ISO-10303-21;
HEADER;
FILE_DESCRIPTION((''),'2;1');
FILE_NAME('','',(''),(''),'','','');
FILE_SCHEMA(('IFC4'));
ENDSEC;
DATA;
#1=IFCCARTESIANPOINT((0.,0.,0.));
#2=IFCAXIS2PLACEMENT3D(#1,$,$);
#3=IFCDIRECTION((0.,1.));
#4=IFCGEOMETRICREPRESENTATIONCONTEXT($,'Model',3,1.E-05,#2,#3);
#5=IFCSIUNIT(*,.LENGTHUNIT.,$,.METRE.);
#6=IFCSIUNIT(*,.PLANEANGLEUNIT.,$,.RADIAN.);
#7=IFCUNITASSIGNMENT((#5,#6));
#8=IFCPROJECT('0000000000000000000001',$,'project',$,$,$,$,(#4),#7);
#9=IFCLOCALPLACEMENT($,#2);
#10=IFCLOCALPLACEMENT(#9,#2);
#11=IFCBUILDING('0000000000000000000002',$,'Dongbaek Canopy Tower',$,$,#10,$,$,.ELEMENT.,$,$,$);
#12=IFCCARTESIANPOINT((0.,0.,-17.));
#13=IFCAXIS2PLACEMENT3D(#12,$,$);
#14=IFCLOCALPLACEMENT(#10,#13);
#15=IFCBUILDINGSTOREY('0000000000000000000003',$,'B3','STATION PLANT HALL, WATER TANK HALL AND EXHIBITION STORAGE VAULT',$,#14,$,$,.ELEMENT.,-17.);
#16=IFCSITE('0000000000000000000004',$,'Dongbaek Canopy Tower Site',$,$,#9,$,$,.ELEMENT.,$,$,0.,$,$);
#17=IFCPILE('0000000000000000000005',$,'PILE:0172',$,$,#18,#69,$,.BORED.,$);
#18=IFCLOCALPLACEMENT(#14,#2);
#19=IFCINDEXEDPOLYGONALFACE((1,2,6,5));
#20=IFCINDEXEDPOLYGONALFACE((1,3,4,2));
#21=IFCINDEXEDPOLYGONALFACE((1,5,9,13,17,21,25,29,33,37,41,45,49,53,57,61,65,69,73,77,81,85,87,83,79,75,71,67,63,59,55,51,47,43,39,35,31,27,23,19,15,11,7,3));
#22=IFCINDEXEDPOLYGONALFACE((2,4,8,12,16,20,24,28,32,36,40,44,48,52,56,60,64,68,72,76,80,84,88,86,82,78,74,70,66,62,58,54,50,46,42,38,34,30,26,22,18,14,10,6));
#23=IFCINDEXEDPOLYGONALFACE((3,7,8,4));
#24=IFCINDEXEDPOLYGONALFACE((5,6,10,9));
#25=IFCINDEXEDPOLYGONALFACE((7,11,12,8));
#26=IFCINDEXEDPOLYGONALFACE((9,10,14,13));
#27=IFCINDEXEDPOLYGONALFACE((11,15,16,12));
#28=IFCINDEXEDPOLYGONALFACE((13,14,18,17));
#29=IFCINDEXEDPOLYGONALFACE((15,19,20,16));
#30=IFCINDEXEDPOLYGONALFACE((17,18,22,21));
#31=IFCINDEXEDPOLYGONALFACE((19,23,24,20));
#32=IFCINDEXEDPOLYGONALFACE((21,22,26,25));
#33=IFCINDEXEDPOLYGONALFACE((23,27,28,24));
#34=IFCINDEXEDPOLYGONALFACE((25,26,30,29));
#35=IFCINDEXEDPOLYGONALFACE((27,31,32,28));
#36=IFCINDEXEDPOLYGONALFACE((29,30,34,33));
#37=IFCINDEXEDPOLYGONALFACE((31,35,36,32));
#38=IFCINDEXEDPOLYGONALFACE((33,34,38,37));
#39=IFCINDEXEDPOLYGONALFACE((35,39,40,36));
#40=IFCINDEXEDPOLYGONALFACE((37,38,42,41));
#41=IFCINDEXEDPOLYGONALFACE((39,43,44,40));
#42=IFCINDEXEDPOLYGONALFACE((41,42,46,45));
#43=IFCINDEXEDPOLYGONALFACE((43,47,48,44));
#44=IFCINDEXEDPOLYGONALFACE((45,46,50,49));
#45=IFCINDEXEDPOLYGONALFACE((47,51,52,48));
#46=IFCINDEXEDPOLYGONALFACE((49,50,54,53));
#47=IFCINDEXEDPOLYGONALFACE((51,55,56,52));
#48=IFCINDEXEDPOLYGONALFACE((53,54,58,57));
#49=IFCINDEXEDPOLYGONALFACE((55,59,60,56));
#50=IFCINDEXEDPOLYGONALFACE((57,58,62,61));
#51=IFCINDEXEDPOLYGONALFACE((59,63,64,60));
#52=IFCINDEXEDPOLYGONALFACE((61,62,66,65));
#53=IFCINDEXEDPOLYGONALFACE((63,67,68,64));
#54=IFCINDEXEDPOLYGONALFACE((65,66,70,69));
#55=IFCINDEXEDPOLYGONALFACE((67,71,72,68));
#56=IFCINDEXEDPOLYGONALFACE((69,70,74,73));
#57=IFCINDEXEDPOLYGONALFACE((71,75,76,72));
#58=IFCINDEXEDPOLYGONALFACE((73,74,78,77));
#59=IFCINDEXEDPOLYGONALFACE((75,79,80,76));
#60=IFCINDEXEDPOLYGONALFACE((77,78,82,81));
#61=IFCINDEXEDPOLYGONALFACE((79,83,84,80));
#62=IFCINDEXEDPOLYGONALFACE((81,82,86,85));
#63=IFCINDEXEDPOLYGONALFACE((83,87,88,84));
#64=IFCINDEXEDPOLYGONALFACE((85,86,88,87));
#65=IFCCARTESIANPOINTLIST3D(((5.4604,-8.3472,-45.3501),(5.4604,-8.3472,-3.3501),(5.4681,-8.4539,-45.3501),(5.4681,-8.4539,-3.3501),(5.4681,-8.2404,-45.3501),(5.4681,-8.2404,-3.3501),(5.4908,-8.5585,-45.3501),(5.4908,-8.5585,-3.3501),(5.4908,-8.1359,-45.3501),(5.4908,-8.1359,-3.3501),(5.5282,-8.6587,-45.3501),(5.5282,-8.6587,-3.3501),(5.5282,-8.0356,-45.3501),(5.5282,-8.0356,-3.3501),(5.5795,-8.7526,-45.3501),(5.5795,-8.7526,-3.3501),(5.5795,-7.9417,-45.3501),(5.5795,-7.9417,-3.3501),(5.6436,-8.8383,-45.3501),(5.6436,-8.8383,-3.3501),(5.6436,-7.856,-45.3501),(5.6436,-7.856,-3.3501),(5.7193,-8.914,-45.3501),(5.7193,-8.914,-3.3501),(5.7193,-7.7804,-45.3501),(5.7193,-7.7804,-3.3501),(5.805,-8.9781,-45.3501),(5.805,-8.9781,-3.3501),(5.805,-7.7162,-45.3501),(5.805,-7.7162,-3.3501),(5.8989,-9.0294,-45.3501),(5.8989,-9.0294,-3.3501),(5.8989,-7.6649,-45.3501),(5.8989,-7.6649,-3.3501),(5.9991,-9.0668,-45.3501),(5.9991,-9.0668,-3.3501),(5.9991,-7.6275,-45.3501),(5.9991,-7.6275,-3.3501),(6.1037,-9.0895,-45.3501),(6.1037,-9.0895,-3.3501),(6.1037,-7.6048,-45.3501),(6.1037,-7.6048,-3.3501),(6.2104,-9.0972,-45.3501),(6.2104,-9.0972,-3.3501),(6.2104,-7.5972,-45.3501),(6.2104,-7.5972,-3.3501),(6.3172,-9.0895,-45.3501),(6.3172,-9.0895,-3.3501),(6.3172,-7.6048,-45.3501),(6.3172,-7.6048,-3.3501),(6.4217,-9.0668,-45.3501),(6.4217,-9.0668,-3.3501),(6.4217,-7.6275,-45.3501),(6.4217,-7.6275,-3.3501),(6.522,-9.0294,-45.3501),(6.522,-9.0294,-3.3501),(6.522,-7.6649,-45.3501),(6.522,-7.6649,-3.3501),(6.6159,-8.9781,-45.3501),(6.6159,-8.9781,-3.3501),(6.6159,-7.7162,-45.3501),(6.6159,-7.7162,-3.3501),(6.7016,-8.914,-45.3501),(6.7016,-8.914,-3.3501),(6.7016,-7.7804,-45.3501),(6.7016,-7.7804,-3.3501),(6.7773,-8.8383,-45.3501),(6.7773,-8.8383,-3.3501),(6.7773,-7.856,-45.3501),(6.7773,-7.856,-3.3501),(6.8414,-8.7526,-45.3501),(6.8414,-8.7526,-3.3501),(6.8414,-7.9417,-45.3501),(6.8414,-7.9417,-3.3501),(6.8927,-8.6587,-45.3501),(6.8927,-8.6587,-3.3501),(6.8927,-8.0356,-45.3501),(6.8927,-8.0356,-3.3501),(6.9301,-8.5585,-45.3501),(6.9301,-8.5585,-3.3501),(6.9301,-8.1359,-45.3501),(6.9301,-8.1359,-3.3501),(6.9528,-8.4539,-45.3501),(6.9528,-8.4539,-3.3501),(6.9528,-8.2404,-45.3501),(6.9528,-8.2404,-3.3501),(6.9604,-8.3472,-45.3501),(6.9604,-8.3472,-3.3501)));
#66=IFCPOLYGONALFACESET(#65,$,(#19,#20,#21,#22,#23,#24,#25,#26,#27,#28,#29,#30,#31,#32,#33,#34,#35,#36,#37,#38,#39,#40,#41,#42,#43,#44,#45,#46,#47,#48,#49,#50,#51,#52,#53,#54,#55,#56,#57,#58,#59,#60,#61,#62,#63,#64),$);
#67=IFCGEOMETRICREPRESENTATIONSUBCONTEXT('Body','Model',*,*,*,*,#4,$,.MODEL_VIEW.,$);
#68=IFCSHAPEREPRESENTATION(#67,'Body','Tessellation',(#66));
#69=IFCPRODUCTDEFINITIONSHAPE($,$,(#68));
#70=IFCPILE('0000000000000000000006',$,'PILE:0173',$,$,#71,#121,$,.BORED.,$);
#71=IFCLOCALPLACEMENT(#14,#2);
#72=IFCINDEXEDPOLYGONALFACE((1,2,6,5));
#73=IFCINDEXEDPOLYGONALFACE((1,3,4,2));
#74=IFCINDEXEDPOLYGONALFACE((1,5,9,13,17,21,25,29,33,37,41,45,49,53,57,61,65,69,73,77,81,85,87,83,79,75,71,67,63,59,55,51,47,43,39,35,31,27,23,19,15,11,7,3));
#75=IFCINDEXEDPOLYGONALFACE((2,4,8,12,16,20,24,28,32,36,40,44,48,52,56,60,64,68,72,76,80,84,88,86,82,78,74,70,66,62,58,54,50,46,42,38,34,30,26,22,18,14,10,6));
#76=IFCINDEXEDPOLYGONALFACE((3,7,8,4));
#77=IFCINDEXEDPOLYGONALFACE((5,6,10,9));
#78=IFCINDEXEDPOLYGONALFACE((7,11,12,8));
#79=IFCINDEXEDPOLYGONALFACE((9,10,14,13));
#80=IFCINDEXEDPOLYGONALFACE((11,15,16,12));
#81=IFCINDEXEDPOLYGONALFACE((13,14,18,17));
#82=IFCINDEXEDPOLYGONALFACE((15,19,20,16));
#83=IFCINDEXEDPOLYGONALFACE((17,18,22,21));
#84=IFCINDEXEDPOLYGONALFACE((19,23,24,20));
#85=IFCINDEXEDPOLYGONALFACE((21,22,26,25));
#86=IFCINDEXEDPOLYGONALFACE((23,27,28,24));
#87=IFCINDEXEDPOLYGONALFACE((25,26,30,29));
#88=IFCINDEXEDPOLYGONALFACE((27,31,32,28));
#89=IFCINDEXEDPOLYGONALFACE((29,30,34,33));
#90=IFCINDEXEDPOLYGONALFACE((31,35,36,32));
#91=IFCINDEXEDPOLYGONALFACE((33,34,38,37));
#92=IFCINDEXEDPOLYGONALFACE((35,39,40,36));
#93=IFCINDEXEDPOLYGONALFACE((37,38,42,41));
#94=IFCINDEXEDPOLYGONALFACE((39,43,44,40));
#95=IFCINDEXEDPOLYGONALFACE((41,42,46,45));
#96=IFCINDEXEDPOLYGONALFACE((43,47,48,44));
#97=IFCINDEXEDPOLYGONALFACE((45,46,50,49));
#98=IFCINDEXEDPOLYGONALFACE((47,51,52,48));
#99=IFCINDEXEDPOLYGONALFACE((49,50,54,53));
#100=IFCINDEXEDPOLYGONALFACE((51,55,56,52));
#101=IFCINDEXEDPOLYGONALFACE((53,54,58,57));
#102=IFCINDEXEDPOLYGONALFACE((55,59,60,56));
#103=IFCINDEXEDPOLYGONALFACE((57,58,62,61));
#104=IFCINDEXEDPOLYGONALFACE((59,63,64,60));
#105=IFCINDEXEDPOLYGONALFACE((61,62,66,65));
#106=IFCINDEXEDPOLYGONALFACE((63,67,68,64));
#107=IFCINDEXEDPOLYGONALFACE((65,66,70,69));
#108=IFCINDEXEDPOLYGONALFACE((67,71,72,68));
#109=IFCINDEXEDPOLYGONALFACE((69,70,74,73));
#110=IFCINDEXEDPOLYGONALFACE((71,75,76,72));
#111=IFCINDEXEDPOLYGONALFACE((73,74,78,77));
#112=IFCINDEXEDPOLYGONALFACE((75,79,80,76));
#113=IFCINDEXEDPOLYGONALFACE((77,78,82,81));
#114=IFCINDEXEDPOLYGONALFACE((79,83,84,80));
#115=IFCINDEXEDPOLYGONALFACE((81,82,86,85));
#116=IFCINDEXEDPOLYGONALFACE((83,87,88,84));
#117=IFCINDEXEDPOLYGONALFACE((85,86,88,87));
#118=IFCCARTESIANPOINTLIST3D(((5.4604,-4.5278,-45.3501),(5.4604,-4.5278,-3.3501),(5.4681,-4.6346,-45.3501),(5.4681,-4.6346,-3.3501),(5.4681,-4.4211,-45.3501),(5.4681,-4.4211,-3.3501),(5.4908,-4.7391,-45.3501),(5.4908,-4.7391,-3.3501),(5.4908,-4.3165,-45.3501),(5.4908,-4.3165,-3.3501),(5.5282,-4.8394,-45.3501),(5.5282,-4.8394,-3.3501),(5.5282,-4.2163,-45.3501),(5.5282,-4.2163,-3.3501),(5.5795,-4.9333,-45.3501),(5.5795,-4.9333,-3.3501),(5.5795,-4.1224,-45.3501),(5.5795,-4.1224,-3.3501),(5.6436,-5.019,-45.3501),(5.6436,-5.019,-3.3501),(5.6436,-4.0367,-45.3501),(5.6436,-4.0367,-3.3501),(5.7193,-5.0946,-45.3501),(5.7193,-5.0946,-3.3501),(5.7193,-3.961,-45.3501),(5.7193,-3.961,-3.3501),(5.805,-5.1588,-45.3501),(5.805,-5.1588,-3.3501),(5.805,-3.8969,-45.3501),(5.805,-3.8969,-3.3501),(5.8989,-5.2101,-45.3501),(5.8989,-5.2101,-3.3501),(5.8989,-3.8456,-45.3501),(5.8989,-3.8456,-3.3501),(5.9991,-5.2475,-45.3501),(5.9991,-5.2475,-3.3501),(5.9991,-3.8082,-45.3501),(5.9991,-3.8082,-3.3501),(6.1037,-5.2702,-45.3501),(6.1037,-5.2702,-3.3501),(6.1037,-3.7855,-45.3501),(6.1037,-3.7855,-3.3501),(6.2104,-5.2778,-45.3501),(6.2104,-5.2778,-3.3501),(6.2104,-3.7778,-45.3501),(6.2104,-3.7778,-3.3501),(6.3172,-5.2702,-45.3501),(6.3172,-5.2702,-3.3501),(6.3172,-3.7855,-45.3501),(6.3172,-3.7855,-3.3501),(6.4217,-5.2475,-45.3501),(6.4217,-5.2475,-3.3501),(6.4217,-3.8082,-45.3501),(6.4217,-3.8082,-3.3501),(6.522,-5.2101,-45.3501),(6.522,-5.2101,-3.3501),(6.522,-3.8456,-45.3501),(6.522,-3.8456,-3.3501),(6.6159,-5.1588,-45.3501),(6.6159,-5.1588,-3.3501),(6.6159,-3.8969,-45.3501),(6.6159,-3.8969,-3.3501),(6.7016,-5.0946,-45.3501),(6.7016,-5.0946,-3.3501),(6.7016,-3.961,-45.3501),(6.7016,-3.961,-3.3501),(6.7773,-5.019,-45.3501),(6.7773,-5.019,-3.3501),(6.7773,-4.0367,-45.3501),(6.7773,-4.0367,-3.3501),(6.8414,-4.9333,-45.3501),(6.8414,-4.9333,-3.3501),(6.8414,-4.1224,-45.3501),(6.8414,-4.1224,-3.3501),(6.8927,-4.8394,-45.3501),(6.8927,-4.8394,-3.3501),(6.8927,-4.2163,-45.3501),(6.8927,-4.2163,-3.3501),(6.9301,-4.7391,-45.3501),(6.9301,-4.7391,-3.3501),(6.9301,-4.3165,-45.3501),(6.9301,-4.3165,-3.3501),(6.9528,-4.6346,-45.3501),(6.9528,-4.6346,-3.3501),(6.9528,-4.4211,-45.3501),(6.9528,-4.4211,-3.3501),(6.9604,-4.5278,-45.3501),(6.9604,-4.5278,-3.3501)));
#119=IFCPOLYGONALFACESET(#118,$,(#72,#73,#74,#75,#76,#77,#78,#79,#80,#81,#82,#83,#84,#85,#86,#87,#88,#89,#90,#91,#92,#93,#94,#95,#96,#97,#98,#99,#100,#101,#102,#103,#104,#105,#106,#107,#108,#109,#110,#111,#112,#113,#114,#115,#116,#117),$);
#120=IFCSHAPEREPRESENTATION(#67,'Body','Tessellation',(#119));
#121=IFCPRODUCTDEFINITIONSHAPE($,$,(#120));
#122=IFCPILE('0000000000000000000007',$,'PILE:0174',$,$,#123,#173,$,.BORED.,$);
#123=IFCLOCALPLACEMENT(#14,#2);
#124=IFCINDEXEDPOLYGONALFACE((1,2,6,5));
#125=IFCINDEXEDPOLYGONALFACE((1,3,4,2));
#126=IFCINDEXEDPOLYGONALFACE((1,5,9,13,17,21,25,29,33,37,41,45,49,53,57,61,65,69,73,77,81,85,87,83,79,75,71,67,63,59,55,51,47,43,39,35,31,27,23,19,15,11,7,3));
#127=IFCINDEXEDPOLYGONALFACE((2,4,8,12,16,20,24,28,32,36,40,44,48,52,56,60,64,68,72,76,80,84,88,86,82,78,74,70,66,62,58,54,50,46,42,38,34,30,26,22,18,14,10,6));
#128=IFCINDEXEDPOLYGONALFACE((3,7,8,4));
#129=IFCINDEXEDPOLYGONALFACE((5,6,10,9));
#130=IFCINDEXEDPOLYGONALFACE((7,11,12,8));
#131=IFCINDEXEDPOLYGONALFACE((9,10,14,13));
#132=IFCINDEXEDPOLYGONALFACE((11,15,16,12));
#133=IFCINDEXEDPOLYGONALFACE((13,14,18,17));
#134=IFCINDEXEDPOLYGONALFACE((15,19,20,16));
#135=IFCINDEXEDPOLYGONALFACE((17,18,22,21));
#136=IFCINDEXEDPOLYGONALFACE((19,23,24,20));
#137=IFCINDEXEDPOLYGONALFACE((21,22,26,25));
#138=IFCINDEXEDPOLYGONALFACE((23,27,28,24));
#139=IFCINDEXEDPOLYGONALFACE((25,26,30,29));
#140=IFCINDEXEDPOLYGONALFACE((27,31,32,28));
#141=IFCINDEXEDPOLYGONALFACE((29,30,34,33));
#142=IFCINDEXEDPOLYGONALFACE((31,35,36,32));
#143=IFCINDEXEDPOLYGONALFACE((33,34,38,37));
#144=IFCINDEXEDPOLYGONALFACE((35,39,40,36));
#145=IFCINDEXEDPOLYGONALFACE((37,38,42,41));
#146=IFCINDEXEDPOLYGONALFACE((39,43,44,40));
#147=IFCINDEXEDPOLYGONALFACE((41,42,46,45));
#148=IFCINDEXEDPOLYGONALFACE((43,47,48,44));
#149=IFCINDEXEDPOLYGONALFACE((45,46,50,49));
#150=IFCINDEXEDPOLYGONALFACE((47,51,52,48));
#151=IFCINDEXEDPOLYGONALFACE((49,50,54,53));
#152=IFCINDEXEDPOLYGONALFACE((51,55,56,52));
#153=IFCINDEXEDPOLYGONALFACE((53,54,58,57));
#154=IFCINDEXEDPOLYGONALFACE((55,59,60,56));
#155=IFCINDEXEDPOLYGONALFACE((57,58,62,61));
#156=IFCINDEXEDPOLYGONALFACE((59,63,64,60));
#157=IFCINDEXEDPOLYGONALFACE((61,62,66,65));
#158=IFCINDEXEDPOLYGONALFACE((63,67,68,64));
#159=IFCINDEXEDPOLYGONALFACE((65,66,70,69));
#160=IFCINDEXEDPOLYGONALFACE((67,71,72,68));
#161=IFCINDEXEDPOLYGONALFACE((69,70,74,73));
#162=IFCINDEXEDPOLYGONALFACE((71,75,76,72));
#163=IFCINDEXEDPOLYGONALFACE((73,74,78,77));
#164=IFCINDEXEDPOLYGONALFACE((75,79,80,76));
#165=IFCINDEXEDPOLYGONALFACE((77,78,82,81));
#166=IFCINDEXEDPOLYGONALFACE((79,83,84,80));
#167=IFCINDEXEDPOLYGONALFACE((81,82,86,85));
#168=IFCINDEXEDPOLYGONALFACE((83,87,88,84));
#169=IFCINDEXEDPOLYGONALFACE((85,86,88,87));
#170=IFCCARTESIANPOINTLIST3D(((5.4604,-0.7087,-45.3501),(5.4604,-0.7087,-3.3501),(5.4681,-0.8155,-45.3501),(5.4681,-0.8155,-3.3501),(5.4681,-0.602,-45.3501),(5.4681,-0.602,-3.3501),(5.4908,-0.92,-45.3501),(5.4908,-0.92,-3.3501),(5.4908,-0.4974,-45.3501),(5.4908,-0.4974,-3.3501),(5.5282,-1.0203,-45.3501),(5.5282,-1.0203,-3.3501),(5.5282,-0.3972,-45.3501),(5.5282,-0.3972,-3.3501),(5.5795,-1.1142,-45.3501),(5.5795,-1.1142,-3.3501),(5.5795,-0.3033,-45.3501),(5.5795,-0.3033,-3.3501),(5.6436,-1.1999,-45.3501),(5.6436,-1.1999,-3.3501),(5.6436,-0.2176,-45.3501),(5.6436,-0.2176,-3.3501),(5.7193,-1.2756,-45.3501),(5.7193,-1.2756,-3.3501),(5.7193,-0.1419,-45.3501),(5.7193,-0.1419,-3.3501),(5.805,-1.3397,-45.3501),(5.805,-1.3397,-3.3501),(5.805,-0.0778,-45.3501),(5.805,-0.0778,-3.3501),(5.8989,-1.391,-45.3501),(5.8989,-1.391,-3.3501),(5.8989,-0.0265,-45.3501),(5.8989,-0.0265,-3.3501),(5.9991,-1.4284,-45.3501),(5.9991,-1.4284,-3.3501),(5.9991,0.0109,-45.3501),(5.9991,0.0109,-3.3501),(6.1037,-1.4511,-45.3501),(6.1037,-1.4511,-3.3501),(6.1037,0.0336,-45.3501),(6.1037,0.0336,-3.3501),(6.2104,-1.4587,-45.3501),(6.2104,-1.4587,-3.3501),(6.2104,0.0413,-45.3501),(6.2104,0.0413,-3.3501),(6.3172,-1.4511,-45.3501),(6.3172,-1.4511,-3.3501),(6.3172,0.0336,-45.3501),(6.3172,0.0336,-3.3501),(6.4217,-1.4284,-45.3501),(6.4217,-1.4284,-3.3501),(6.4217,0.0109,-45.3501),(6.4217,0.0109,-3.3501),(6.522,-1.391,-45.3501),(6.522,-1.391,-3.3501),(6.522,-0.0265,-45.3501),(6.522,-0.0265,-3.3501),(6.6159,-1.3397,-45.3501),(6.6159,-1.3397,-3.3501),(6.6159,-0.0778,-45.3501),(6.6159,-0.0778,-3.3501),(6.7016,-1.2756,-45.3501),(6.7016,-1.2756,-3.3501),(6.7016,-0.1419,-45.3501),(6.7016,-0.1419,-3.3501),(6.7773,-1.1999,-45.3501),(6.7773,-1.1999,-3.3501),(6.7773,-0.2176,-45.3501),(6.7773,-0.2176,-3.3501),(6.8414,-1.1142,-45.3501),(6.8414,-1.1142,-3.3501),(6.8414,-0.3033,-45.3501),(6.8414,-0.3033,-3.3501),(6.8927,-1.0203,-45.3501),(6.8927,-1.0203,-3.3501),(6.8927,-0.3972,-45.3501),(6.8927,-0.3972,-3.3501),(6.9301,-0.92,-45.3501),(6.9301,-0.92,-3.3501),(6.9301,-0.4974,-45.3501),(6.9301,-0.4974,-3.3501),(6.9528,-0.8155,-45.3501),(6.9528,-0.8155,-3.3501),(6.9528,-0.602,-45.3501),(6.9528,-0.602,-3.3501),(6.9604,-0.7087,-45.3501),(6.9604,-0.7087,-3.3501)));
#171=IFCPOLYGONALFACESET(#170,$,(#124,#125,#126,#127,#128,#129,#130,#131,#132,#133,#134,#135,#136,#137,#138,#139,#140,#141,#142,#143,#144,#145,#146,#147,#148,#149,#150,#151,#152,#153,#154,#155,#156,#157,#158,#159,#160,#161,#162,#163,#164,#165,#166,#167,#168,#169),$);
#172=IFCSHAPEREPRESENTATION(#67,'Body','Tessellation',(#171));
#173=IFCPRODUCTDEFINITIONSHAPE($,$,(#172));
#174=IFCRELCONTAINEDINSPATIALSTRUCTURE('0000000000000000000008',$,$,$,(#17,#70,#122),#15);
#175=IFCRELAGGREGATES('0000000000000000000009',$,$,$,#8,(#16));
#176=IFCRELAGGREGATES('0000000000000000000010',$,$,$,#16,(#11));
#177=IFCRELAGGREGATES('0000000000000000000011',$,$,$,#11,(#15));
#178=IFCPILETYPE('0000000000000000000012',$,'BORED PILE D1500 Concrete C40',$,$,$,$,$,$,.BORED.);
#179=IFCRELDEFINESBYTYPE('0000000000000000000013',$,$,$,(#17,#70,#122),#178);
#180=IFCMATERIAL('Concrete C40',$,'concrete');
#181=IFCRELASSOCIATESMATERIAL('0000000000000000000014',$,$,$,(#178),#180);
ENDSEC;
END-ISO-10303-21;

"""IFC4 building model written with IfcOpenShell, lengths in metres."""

from ifc_helpers import new_model, si_unit, direction, frame, origin, origin_2d, place, context, subcontext, project, spatial, circle, extrude, material, material_profile, profile_set, type_object, element, save


model = new_model("IFC4")

# Units and contexts
model_context = context("Model", 3, precision=1e-05, world=origin(), true_north=direction((0.0, 1.0)))
body_context = subcontext(model_context, "Body", "Model", "MODEL_VIEW")
ifc_project = project(units=[si_unit("LENGTHUNIT", "METRE"), si_unit("PLANEANGLEUNIT", "RADIAN")], contexts=[model_context])

# Site, building, storey
site_placement = place(None, origin())
site = spatial("IfcSite", under=ifc_project, at=site_placement, Name="Dongbaek Canopy Tower Site", CompositionType="ELEMENT", RefElevation=0.0)
building_placement = place(site_placement, origin())
building = spatial("IfcBuilding", under=site, at=building_placement, Name="Dongbaek Canopy Tower", CompositionType="ELEMENT")
storey_placement = place(building_placement, frame((0.0, 0.0, -17.0)))
storey = spatial("IfcBuildingStorey", under=building, at=storey_placement, Name="B3", Description="STATION PLANT HALL, WATER TANK HALL AND EXHIBITION STORAGE VAULT", CompositionType="ELEMENT", Elevation=-17.0)

# Piles
ifc_material_1 = material(Name="Concrete C40", Category="concrete")
ifc_material_profile = material_profile(ifc_material_1, circle(Radius=0.75, at=origin_2d()), Name="BORED PILE D1500 Concrete C40")
ifc_profile_set = profile_set([ifc_material_profile], Name="Concrete C40")
pile_type = type_object("IfcPileType", Name="BORED PILE D1500 Concrete C40", PredefinedType="BORED", material=ifc_profile_set)
for number, where, z_axis, x_axis, name in (
    (1, (6.2104, -8.3472, -3.3501), (0.0, 0.0, -1.0), (1.0, 0.0, 0.0), "PILE:0172"),
    (2, (6.2104, -4.5278, -3.3501), (0.0, 0.0, -1.0), (1.0, 0.0, 0.0), "PILE:0173"),
    (3, (6.2104, -0.7087, -3.3501), (0.0, 0.0, -1.0), (1.0, 0.0, 0.0), "PILE:0174"),
):
    element("IfcPile", number, at=place(storey_placement, frame(where, z_axis=z_axis, x_axis=x_axis)), inside=storey, type_object=pile_type, Name=name, PredefinedType="BORED", context=body_context, shape_type="SweptSolid", body=[
        extrude(circle(Radius=0.75, at=origin_2d()), origin(), (0.0, 0.0, 1.0), 42.0),
    ])

save(model, "model.ifc")
